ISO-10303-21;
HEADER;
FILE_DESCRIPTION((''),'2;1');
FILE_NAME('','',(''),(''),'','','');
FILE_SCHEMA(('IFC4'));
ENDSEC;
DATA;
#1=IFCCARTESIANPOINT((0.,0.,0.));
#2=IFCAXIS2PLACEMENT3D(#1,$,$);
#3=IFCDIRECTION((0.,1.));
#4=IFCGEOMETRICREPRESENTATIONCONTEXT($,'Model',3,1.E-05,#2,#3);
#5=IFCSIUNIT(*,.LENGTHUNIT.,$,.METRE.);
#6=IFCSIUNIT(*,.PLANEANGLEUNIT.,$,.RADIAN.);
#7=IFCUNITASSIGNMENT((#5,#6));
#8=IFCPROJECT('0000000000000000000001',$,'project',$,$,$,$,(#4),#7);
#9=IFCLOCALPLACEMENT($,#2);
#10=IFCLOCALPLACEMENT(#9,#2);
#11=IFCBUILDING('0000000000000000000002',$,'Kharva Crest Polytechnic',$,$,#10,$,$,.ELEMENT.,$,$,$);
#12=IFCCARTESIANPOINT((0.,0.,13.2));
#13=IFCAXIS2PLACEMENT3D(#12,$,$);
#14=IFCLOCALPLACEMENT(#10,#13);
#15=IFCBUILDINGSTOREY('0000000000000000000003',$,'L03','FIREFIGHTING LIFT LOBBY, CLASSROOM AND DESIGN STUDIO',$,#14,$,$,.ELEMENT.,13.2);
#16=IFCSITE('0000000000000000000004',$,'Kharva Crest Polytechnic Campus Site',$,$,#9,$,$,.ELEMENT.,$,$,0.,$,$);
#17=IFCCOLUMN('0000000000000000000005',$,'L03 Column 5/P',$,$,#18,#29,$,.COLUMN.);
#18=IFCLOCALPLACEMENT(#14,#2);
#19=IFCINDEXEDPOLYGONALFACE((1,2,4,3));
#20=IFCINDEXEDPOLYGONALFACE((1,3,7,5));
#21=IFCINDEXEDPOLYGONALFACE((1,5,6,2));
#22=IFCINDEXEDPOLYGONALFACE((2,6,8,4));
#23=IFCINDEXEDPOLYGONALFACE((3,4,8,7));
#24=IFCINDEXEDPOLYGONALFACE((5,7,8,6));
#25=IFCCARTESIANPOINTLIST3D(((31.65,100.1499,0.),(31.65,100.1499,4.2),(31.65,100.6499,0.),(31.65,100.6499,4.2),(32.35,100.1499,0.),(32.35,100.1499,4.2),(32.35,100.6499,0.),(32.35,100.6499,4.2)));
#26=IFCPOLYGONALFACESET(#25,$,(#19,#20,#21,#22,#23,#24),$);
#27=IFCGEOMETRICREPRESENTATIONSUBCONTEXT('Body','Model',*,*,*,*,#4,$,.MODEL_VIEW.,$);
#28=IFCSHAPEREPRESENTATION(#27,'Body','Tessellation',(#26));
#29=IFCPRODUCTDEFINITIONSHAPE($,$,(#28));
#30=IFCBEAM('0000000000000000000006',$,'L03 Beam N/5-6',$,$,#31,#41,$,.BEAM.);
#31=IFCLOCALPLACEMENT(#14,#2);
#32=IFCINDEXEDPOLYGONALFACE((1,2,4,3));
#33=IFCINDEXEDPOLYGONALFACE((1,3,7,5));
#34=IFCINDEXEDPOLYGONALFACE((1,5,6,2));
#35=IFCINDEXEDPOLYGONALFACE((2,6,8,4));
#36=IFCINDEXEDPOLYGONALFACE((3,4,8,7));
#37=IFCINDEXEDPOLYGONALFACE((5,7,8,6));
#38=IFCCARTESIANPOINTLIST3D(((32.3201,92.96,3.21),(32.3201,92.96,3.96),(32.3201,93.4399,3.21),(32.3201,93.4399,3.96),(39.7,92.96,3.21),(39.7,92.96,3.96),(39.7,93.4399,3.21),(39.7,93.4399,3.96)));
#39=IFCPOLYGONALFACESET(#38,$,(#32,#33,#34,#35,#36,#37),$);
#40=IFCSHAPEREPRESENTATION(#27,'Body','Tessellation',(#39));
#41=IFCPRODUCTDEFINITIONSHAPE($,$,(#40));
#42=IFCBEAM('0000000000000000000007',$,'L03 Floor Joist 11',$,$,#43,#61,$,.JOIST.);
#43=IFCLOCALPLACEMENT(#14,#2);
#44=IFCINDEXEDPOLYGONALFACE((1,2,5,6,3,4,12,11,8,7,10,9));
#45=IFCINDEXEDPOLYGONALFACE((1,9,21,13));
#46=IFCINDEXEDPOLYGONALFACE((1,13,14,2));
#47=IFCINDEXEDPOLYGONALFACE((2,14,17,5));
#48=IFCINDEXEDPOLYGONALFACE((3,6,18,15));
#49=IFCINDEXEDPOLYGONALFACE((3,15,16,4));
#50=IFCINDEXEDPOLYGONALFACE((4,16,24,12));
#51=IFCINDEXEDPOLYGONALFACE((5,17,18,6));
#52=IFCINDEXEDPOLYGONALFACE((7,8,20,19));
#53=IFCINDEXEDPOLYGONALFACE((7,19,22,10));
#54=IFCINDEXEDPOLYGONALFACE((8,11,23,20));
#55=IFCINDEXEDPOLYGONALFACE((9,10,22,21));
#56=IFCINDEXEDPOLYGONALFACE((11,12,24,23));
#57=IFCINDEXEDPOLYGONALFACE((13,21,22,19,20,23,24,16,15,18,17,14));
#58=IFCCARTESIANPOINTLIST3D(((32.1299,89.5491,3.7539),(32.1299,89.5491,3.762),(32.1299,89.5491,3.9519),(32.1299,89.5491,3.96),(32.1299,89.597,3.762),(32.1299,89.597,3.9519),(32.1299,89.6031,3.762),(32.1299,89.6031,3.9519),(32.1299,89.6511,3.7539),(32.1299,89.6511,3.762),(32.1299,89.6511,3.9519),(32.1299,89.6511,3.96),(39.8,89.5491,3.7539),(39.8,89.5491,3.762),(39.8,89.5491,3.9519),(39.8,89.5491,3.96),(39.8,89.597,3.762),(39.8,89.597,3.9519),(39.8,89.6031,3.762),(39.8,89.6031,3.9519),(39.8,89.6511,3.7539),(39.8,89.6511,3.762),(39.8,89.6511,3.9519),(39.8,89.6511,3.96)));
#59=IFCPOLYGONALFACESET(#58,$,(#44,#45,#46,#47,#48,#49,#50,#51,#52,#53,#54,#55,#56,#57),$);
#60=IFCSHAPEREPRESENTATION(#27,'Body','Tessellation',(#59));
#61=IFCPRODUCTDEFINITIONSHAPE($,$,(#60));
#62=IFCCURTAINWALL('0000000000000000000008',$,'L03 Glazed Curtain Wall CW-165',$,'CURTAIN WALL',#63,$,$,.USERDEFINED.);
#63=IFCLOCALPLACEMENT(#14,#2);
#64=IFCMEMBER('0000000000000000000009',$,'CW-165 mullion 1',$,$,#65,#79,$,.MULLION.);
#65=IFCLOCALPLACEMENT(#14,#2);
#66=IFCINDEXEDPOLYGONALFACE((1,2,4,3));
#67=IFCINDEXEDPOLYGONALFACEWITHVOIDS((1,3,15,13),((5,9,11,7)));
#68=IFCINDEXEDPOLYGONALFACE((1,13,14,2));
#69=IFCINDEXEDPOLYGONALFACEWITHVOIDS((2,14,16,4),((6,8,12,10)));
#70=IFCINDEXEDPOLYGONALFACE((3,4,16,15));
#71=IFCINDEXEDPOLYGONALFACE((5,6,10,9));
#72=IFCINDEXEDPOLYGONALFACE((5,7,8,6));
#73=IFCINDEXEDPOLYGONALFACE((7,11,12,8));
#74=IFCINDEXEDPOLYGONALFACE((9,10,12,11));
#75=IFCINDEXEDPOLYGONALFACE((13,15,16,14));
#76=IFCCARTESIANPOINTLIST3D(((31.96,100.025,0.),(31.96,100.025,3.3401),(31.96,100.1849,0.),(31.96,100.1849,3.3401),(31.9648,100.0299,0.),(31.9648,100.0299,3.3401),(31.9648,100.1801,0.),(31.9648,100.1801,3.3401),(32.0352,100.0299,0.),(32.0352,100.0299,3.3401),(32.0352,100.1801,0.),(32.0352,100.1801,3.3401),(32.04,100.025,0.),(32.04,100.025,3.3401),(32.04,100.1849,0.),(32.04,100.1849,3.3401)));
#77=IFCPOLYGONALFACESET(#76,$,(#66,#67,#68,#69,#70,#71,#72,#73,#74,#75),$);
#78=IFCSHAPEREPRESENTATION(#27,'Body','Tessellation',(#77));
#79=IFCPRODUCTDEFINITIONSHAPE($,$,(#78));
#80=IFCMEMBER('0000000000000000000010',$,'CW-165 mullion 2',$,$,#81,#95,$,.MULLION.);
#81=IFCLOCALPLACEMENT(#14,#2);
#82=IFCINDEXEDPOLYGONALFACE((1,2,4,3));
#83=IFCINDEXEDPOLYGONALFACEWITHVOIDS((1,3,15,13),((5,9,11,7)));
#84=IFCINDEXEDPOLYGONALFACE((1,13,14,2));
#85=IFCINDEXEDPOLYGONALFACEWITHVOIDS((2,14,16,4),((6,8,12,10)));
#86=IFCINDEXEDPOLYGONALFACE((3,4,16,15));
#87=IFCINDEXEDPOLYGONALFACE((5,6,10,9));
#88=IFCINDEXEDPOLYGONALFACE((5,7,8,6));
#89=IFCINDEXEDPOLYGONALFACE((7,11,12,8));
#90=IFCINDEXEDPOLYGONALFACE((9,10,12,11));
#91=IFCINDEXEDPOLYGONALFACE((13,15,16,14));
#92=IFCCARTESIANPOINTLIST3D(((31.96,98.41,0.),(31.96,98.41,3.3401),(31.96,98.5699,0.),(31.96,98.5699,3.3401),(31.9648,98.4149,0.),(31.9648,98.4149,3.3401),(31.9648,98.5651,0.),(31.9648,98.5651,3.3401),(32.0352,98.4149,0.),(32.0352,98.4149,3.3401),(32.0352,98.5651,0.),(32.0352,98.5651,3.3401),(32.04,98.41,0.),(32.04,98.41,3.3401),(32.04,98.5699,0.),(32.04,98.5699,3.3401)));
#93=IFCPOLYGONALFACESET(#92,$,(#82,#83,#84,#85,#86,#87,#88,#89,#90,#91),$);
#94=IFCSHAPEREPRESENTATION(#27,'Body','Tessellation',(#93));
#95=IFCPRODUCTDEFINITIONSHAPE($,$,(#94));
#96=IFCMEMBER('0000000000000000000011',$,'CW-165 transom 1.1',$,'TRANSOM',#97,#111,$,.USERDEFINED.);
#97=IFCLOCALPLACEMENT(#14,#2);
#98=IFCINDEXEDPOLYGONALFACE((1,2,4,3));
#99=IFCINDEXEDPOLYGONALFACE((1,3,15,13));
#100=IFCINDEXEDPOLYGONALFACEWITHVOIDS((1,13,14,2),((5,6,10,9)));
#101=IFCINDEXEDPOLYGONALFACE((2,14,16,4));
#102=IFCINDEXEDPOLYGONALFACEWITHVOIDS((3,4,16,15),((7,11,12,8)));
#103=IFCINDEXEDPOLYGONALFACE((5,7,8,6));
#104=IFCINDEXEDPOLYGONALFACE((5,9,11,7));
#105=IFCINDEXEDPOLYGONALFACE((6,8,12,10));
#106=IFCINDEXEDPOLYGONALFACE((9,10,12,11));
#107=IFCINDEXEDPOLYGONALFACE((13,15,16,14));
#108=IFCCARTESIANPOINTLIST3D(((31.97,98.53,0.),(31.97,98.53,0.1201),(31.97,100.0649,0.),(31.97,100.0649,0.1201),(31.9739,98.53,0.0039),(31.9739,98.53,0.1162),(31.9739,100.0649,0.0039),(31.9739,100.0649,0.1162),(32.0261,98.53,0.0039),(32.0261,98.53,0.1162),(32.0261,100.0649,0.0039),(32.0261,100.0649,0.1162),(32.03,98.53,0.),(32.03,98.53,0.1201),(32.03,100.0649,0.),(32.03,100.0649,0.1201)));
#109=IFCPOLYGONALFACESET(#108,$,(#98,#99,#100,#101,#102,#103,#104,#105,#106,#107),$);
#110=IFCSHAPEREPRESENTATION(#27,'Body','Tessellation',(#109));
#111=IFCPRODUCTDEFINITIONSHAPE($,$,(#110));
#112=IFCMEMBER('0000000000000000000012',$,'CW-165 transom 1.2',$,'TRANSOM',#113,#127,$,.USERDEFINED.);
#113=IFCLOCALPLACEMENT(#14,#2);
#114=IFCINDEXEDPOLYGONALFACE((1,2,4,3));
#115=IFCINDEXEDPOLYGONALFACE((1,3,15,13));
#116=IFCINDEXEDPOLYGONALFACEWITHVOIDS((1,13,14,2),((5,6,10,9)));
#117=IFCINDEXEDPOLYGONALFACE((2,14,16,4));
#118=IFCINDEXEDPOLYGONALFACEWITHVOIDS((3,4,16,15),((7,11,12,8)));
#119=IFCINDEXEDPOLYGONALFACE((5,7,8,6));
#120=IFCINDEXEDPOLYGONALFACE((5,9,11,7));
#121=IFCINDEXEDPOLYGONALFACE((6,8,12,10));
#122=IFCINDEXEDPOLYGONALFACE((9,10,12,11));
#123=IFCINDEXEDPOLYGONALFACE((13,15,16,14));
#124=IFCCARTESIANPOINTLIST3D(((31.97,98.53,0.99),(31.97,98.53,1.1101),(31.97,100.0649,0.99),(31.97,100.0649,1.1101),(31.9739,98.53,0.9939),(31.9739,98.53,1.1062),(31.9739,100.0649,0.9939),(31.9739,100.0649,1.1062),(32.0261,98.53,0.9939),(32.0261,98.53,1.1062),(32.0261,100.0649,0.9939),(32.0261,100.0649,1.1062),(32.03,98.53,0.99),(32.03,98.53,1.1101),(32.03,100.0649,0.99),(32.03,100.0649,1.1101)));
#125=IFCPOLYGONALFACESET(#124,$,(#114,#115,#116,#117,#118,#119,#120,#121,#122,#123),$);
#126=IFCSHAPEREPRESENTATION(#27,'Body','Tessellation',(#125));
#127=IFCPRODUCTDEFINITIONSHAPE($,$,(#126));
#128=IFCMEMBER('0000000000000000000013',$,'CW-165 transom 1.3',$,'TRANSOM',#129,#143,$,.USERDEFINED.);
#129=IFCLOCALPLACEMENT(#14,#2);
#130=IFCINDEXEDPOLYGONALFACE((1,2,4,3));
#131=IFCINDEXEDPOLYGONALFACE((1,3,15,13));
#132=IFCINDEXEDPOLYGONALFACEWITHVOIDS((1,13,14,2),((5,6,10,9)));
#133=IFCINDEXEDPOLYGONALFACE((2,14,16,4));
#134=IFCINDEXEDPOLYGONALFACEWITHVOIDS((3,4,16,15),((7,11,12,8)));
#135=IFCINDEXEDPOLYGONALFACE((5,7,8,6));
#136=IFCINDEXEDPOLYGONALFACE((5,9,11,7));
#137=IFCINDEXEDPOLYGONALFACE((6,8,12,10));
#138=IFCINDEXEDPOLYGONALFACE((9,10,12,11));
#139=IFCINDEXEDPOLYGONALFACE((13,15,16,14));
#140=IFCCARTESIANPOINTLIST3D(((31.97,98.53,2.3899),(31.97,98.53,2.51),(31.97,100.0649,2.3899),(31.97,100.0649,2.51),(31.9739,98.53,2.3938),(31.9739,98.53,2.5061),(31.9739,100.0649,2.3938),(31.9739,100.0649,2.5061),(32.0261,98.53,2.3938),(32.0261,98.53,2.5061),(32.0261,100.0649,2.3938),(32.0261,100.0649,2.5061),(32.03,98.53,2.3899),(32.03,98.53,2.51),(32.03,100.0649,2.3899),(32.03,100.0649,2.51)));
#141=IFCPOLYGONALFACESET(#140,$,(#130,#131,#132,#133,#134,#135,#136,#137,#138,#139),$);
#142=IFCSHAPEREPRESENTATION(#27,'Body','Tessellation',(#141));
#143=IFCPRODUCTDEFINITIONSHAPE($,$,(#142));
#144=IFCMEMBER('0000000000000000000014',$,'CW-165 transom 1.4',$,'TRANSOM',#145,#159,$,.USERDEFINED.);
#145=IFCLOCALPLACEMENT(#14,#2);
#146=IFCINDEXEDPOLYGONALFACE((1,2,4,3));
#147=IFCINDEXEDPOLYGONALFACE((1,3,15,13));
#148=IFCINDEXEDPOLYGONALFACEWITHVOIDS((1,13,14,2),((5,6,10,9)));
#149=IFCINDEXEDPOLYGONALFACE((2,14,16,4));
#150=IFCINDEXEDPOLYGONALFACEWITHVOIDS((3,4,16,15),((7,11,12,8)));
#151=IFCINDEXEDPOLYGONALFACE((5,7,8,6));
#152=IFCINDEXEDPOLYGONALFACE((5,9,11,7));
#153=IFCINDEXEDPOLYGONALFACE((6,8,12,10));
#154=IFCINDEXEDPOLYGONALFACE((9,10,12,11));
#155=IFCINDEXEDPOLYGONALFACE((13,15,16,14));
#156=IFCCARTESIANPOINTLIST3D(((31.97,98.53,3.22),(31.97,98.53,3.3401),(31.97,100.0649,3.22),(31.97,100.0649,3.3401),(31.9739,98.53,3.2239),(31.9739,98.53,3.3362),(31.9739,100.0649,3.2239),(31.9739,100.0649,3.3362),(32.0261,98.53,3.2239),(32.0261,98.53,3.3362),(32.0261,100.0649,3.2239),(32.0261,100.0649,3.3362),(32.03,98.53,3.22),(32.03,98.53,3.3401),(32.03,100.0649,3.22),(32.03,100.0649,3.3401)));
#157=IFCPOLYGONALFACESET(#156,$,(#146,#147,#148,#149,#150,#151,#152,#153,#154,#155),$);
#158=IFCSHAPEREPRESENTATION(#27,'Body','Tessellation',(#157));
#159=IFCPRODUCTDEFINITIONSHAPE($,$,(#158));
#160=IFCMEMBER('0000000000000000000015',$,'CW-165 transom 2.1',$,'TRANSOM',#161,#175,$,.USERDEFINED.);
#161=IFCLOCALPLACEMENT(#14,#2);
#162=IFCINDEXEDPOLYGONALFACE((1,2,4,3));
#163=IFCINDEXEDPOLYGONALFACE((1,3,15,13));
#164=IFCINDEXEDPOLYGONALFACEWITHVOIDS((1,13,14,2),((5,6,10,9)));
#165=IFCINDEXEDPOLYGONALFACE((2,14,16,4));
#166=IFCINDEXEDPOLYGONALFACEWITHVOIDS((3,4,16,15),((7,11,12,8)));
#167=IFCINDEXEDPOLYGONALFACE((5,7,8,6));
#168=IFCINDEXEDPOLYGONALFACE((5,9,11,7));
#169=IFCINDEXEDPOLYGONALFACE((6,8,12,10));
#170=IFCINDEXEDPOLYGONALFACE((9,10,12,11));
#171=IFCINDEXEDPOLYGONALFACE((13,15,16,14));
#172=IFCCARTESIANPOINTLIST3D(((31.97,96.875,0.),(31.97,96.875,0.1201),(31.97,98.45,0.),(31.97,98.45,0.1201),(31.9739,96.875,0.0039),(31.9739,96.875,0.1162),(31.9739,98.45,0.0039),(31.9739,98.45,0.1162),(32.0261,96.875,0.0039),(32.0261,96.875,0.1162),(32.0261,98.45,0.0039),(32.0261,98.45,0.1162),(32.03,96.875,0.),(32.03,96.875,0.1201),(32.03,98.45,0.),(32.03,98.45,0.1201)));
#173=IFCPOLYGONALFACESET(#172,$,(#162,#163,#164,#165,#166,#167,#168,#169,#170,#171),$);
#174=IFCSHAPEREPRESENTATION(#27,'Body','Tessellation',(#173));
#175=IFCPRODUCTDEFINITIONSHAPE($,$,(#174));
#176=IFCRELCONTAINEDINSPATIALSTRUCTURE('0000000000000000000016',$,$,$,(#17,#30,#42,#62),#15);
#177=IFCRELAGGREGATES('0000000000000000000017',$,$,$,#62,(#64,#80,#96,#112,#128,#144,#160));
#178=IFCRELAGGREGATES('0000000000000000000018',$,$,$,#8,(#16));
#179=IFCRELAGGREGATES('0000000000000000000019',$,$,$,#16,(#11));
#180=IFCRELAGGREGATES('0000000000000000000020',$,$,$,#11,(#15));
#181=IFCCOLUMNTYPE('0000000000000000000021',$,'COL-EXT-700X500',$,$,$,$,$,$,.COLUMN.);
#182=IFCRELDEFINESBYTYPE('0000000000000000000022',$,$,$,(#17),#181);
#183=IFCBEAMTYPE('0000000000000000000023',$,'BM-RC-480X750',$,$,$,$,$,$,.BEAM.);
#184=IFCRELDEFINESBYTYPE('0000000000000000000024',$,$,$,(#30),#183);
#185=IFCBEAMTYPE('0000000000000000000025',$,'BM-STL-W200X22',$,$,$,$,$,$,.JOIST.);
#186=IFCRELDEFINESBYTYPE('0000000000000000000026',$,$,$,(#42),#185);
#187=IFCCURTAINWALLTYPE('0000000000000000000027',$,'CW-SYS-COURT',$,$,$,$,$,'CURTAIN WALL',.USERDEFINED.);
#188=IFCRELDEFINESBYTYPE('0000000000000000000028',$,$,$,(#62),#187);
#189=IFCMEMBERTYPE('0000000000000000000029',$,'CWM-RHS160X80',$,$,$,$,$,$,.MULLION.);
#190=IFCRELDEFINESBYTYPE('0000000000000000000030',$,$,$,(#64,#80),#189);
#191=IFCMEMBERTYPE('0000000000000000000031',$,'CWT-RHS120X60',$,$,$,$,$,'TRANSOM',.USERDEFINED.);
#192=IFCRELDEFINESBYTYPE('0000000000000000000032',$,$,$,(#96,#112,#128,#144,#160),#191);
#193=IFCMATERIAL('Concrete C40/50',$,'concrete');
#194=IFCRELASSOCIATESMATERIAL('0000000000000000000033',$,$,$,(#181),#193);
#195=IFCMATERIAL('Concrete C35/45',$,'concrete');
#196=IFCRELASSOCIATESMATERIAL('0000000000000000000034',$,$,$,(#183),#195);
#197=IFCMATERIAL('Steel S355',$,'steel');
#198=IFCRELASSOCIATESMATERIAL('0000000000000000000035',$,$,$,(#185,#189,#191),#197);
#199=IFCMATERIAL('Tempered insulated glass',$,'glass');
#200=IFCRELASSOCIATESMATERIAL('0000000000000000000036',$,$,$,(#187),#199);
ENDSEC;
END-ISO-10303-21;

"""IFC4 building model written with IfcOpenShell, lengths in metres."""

from ifc_helpers import new_model, si_unit, direction, frame, origin, origin_2d, place, context, subcontext, project, spatial, rectangle, hollow_rectangle, i_section, extrude, material, material_profile, profile_set, type_object, element, aggregate, save


model = new_model("IFC4")

# Units and contexts
model_context = context("Model", 3, precision=1e-05, world=origin(), true_north=direction((0.0, 1.0)))
body_context = subcontext(model_context, "Body", "Model", "MODEL_VIEW")
ifc_project = project(units=[si_unit("LENGTHUNIT", "METRE"), si_unit("PLANEANGLEUNIT", "RADIAN")], contexts=[model_context])

# Site, building, storey
site_placement = place(None, origin())
site = spatial("IfcSite", under=ifc_project, at=site_placement, Name="Kharva Crest Polytechnic Campus Site", CompositionType="ELEMENT", RefElevation=0.0)
building_placement = place(site_placement, origin())
building = spatial("IfcBuilding", under=site, at=building_placement, Name="Kharva Crest Polytechnic", CompositionType="ELEMENT")
storey_placement = place(building_placement, frame((0.0, 0.0, 13.2)))
storey = spatial("IfcBuildingStorey", under=building, at=storey_placement, Name="L03", Description="FIREFIGHTING LIFT LOBBY, CLASSROOM AND DESIGN STUDIO", CompositionType="ELEMENT", Elevation=13.2)

# Column
ifc_material_1 = material(Name="Concrete C40/50", Category="concrete")
ifc_material_profile_1 = material_profile(ifc_material_1, rectangle(XDim=0.7, YDim=0.5, at=origin_2d()), Name="RECT 700 X 500")
ifc_profile_set_1 = profile_set([ifc_material_profile_1], Name="Concrete C40/50")
column_type = type_object("IfcColumnType", Name="COL-EXT-700X500", PredefinedType="COLUMN", material=ifc_profile_set_1)
column_placement = place(storey_placement, frame((32.0, 100.3999, 0.0), z_axis=(0.0, 0.0, 1.0), x_axis=(1.0, 0.0, 0.0)))
element("IfcColumn", 1, at=column_placement, inside=storey, type_object=column_type, Name="L03 Column 5/P", PredefinedType="COLUMN", context=body_context, shape_type="SweptSolid", body=[
    extrude(rectangle(XDim=0.7, YDim=0.5, at=origin_2d()), origin(), (0.0, 0.0, 1.0), 4.2),
])

# Beams
ifc_material_2 = material(Name="Concrete C35/45", Category="concrete")
ifc_material_profile_2 = material_profile(ifc_material_2, rectangle(XDim=0.48, YDim=0.75, at=origin_2d()), Name="RECT 480 X 750")
ifc_profile_set_2 = profile_set([ifc_material_profile_2], Name="Concrete C35/45")
beam_type_1 = type_object("IfcBeamType", Name="BM-RC-480X750", PredefinedType="BEAM", material=ifc_profile_set_2)
beam_1_placement = place(storey_placement, frame((32.3201, 93.2, 3.585), z_axis=(1.0, 0.0, 0.0), x_axis=(0.0, 1.0, 0.0)))
element("IfcBeam", 2, at=beam_1_placement, inside=storey, type_object=beam_type_1, Name="L03 Beam N/5-6", PredefinedType="BEAM", context=body_context, shape_type="SweptSolid", body=[
    extrude(rectangle(XDim=0.48, YDim=0.75, at=origin_2d()), origin(), (0.0, 0.0, 1.0), 7.3799),
])
ifc_material_3 = material(Name="Steel S355", Category="steel")
ifc_material_profile_3 = material_profile(ifc_material_3, i_section(OverallWidth=0.1021, OverallDepth=0.2061, WebThickness=0.0061, FlangeThickness=0.0081, at=origin_2d()), Name="W200X22.5")
ifc_profile_set_3 = profile_set([ifc_material_profile_3], Name="Steel S355")
beam_type_2 = type_object("IfcBeamType", Name="BM-STL-W200X22", PredefinedType="JOIST", material=ifc_profile_set_3)
beam_2_placement = place(storey_placement, frame((32.1299, 89.6001, 3.8569), z_axis=(1.0, 0.0, 0.0), x_axis=(0.0, 1.0, 0.0)))
element("IfcBeam", 3, at=beam_2_placement, inside=storey, type_object=beam_type_2, Name="L03 Floor Joist 11", PredefinedType="JOIST", context=body_context, shape_type="SweptSolid", body=[
    extrude(i_section(OverallWidth=0.1021, OverallDepth=0.2061, WebThickness=0.0061, FlangeThickness=0.0081, at=origin_2d()), origin(), (0.0, 0.0, 1.0), 7.6702),
])

# Curtain wall, members
ifc_material_4 = material(Name="Tempered insulated glass", Category="glass")
curtain_wall_type = type_object("IfcCurtainWallType", Name="CW-SYS-COURT", ElementType="CURTAIN WALL", PredefinedType="USERDEFINED", material=ifc_material_4)
curtain_wall_placement = place(storey_placement, origin())
curtain_wall = element("IfcCurtainWall", 4, at=curtain_wall_placement, inside=storey, type_object=curtain_wall_type, Name="L03 Glazed Curtain Wall CW-165", ObjectType="CURTAIN WALL", PredefinedType="USERDEFINED")
ifc_material_profile_4 = material_profile(ifc_material_3, hollow_rectangle(XDim=0.0801, YDim=0.1599, WallThickness=0.0049, at=origin_2d()), Name="RHS 160X80X5.0")
ifc_profile_set_4 = profile_set([ifc_material_profile_4], Name="Steel S355")
member_type_1 = type_object("IfcMemberType", Name="CWM-RHS160X80", PredefinedType="MULLION", material=ifc_profile_set_4)
member_1_placement = place(storey_placement, frame((32.0, 100.105, 0.0), z_axis=(0.0, 0.0, 1.0), x_axis=(1.0, 0.0, 0.0)))
member_1 = element("IfcMember", 5, at=member_1_placement, type_object=member_type_1, Name="CW-165 mullion 1", PredefinedType="MULLION", context=body_context, shape_type="SweptSolid", body=[
    extrude(hollow_rectangle(XDim=0.0801, YDim=0.1599, WallThickness=0.0049, at=origin_2d()), origin(), (0.0, 0.0, 1.0), 3.3401),
])
member_2_placement = place(storey_placement, frame((32.0, 98.49, 0.0), z_axis=(0.0, 0.0, 1.0), x_axis=(1.0, 0.0, 0.0)))
member_2 = element("IfcMember", 6, at=member_2_placement, type_object=member_type_1, Name="CW-165 mullion 2", PredefinedType="MULLION", context=body_context, shape_type="SweptSolid", body=[
    extrude(hollow_rectangle(XDim=0.0801, YDim=0.1599, WallThickness=0.0049, at=origin_2d()), origin(), (0.0, 0.0, 1.0), 3.3401),
])
ifc_material_profile_5 = material_profile(ifc_material_3, hollow_rectangle(XDim=0.0601, YDim=0.1201, WallThickness=0.0039, at=origin_2d()), Name="RHS 120X60X4.0")
ifc_profile_set_5 = profile_set([ifc_material_profile_5], Name="Steel S355")
member_type_2 = type_object("IfcMemberType", Name="CWT-RHS120X60", ElementType="TRANSOM", PredefinedType="USERDEFINED", material=ifc_profile_set_5)
member_3_placement = place(storey_placement, frame((32.0, 100.0649, 0.0601), z_axis=(0.0, -1.0, 0.0), x_axis=(1.0, 0.0, 0.0)))
member_3 = element("IfcMember", 7, at=member_3_placement, type_object=member_type_2, Name="CW-165 transom 1.1", ObjectType="TRANSOM", PredefinedType="USERDEFINED", context=body_context, shape_type="SweptSolid", body=[
    extrude(hollow_rectangle(XDim=0.0601, YDim=0.1201, WallThickness=0.0039, at=origin_2d()), origin(), (0.0, 0.0, 1.0), 1.5349),
])
member_4_placement = place(storey_placement, frame((32.0, 100.0649, 1.05), z_axis=(0.0, -1.0, 0.0), x_axis=(1.0, 0.0, 0.0)))
member_4 = element("IfcMember", 8, at=member_4_placement, type_object=member_type_2, Name="CW-165 transom 1.2", ObjectType="TRANSOM", PredefinedType="USERDEFINED", context=body_context, shape_type="SweptSolid", body=[
    extrude(hollow_rectangle(XDim=0.0601, YDim=0.1201, WallThickness=0.0039, at=origin_2d()), origin(), (0.0, 0.0, 1.0), 1.5349),
])
member_5_placement = place(storey_placement, frame((32.0, 100.0649, 2.45), z_axis=(0.0, -1.0, 0.0), x_axis=(1.0, 0.0, 0.0)))
member_5 = element("IfcMember", 9, at=member_5_placement, type_object=member_type_2, Name="CW-165 transom 1.3", ObjectType="TRANSOM", PredefinedType="USERDEFINED", context=body_context, shape_type="SweptSolid", body=[
    extrude(hollow_rectangle(XDim=0.0601, YDim=0.1201, WallThickness=0.0039, at=origin_2d()), origin(), (0.0, 0.0, 1.0), 1.5349),
])
member_6_placement = place(storey_placement, frame((32.0, 100.0649, 3.28), z_axis=(0.0, -1.0, 0.0), x_axis=(1.0, 0.0, 0.0)))
member_6 = element("IfcMember", 10, at=member_6_placement, type_object=member_type_2, Name="CW-165 transom 1.4", ObjectType="TRANSOM", PredefinedType="USERDEFINED", context=body_context, shape_type="SweptSolid", body=[
    extrude(hollow_rectangle(XDim=0.0601, YDim=0.1201, WallThickness=0.0039, at=origin_2d()), origin(), (0.0, 0.0, 1.0), 1.5349),
])
member_7_placement = place(storey_placement, frame((32.0, 98.45, 0.0601), z_axis=(0.0, -1.0, 0.0), x_axis=(1.0, 0.0, 0.0)))
member_7 = element("IfcMember", 11, at=member_7_placement, type_object=member_type_2, Name="CW-165 transom 2.1", ObjectType="TRANSOM", PredefinedType="USERDEFINED", context=body_context, shape_type="SweptSolid", body=[
    extrude(hollow_rectangle(XDim=0.0601, YDim=0.1201, WallThickness=0.0039, at=origin_2d()), origin(), (0.0, 0.0, 1.0), 1.575),
])

aggregate(curtain_wall, [member_1, member_2, member_3, member_4, member_5, member_6, member_7])

save(model, "model.ifc")
